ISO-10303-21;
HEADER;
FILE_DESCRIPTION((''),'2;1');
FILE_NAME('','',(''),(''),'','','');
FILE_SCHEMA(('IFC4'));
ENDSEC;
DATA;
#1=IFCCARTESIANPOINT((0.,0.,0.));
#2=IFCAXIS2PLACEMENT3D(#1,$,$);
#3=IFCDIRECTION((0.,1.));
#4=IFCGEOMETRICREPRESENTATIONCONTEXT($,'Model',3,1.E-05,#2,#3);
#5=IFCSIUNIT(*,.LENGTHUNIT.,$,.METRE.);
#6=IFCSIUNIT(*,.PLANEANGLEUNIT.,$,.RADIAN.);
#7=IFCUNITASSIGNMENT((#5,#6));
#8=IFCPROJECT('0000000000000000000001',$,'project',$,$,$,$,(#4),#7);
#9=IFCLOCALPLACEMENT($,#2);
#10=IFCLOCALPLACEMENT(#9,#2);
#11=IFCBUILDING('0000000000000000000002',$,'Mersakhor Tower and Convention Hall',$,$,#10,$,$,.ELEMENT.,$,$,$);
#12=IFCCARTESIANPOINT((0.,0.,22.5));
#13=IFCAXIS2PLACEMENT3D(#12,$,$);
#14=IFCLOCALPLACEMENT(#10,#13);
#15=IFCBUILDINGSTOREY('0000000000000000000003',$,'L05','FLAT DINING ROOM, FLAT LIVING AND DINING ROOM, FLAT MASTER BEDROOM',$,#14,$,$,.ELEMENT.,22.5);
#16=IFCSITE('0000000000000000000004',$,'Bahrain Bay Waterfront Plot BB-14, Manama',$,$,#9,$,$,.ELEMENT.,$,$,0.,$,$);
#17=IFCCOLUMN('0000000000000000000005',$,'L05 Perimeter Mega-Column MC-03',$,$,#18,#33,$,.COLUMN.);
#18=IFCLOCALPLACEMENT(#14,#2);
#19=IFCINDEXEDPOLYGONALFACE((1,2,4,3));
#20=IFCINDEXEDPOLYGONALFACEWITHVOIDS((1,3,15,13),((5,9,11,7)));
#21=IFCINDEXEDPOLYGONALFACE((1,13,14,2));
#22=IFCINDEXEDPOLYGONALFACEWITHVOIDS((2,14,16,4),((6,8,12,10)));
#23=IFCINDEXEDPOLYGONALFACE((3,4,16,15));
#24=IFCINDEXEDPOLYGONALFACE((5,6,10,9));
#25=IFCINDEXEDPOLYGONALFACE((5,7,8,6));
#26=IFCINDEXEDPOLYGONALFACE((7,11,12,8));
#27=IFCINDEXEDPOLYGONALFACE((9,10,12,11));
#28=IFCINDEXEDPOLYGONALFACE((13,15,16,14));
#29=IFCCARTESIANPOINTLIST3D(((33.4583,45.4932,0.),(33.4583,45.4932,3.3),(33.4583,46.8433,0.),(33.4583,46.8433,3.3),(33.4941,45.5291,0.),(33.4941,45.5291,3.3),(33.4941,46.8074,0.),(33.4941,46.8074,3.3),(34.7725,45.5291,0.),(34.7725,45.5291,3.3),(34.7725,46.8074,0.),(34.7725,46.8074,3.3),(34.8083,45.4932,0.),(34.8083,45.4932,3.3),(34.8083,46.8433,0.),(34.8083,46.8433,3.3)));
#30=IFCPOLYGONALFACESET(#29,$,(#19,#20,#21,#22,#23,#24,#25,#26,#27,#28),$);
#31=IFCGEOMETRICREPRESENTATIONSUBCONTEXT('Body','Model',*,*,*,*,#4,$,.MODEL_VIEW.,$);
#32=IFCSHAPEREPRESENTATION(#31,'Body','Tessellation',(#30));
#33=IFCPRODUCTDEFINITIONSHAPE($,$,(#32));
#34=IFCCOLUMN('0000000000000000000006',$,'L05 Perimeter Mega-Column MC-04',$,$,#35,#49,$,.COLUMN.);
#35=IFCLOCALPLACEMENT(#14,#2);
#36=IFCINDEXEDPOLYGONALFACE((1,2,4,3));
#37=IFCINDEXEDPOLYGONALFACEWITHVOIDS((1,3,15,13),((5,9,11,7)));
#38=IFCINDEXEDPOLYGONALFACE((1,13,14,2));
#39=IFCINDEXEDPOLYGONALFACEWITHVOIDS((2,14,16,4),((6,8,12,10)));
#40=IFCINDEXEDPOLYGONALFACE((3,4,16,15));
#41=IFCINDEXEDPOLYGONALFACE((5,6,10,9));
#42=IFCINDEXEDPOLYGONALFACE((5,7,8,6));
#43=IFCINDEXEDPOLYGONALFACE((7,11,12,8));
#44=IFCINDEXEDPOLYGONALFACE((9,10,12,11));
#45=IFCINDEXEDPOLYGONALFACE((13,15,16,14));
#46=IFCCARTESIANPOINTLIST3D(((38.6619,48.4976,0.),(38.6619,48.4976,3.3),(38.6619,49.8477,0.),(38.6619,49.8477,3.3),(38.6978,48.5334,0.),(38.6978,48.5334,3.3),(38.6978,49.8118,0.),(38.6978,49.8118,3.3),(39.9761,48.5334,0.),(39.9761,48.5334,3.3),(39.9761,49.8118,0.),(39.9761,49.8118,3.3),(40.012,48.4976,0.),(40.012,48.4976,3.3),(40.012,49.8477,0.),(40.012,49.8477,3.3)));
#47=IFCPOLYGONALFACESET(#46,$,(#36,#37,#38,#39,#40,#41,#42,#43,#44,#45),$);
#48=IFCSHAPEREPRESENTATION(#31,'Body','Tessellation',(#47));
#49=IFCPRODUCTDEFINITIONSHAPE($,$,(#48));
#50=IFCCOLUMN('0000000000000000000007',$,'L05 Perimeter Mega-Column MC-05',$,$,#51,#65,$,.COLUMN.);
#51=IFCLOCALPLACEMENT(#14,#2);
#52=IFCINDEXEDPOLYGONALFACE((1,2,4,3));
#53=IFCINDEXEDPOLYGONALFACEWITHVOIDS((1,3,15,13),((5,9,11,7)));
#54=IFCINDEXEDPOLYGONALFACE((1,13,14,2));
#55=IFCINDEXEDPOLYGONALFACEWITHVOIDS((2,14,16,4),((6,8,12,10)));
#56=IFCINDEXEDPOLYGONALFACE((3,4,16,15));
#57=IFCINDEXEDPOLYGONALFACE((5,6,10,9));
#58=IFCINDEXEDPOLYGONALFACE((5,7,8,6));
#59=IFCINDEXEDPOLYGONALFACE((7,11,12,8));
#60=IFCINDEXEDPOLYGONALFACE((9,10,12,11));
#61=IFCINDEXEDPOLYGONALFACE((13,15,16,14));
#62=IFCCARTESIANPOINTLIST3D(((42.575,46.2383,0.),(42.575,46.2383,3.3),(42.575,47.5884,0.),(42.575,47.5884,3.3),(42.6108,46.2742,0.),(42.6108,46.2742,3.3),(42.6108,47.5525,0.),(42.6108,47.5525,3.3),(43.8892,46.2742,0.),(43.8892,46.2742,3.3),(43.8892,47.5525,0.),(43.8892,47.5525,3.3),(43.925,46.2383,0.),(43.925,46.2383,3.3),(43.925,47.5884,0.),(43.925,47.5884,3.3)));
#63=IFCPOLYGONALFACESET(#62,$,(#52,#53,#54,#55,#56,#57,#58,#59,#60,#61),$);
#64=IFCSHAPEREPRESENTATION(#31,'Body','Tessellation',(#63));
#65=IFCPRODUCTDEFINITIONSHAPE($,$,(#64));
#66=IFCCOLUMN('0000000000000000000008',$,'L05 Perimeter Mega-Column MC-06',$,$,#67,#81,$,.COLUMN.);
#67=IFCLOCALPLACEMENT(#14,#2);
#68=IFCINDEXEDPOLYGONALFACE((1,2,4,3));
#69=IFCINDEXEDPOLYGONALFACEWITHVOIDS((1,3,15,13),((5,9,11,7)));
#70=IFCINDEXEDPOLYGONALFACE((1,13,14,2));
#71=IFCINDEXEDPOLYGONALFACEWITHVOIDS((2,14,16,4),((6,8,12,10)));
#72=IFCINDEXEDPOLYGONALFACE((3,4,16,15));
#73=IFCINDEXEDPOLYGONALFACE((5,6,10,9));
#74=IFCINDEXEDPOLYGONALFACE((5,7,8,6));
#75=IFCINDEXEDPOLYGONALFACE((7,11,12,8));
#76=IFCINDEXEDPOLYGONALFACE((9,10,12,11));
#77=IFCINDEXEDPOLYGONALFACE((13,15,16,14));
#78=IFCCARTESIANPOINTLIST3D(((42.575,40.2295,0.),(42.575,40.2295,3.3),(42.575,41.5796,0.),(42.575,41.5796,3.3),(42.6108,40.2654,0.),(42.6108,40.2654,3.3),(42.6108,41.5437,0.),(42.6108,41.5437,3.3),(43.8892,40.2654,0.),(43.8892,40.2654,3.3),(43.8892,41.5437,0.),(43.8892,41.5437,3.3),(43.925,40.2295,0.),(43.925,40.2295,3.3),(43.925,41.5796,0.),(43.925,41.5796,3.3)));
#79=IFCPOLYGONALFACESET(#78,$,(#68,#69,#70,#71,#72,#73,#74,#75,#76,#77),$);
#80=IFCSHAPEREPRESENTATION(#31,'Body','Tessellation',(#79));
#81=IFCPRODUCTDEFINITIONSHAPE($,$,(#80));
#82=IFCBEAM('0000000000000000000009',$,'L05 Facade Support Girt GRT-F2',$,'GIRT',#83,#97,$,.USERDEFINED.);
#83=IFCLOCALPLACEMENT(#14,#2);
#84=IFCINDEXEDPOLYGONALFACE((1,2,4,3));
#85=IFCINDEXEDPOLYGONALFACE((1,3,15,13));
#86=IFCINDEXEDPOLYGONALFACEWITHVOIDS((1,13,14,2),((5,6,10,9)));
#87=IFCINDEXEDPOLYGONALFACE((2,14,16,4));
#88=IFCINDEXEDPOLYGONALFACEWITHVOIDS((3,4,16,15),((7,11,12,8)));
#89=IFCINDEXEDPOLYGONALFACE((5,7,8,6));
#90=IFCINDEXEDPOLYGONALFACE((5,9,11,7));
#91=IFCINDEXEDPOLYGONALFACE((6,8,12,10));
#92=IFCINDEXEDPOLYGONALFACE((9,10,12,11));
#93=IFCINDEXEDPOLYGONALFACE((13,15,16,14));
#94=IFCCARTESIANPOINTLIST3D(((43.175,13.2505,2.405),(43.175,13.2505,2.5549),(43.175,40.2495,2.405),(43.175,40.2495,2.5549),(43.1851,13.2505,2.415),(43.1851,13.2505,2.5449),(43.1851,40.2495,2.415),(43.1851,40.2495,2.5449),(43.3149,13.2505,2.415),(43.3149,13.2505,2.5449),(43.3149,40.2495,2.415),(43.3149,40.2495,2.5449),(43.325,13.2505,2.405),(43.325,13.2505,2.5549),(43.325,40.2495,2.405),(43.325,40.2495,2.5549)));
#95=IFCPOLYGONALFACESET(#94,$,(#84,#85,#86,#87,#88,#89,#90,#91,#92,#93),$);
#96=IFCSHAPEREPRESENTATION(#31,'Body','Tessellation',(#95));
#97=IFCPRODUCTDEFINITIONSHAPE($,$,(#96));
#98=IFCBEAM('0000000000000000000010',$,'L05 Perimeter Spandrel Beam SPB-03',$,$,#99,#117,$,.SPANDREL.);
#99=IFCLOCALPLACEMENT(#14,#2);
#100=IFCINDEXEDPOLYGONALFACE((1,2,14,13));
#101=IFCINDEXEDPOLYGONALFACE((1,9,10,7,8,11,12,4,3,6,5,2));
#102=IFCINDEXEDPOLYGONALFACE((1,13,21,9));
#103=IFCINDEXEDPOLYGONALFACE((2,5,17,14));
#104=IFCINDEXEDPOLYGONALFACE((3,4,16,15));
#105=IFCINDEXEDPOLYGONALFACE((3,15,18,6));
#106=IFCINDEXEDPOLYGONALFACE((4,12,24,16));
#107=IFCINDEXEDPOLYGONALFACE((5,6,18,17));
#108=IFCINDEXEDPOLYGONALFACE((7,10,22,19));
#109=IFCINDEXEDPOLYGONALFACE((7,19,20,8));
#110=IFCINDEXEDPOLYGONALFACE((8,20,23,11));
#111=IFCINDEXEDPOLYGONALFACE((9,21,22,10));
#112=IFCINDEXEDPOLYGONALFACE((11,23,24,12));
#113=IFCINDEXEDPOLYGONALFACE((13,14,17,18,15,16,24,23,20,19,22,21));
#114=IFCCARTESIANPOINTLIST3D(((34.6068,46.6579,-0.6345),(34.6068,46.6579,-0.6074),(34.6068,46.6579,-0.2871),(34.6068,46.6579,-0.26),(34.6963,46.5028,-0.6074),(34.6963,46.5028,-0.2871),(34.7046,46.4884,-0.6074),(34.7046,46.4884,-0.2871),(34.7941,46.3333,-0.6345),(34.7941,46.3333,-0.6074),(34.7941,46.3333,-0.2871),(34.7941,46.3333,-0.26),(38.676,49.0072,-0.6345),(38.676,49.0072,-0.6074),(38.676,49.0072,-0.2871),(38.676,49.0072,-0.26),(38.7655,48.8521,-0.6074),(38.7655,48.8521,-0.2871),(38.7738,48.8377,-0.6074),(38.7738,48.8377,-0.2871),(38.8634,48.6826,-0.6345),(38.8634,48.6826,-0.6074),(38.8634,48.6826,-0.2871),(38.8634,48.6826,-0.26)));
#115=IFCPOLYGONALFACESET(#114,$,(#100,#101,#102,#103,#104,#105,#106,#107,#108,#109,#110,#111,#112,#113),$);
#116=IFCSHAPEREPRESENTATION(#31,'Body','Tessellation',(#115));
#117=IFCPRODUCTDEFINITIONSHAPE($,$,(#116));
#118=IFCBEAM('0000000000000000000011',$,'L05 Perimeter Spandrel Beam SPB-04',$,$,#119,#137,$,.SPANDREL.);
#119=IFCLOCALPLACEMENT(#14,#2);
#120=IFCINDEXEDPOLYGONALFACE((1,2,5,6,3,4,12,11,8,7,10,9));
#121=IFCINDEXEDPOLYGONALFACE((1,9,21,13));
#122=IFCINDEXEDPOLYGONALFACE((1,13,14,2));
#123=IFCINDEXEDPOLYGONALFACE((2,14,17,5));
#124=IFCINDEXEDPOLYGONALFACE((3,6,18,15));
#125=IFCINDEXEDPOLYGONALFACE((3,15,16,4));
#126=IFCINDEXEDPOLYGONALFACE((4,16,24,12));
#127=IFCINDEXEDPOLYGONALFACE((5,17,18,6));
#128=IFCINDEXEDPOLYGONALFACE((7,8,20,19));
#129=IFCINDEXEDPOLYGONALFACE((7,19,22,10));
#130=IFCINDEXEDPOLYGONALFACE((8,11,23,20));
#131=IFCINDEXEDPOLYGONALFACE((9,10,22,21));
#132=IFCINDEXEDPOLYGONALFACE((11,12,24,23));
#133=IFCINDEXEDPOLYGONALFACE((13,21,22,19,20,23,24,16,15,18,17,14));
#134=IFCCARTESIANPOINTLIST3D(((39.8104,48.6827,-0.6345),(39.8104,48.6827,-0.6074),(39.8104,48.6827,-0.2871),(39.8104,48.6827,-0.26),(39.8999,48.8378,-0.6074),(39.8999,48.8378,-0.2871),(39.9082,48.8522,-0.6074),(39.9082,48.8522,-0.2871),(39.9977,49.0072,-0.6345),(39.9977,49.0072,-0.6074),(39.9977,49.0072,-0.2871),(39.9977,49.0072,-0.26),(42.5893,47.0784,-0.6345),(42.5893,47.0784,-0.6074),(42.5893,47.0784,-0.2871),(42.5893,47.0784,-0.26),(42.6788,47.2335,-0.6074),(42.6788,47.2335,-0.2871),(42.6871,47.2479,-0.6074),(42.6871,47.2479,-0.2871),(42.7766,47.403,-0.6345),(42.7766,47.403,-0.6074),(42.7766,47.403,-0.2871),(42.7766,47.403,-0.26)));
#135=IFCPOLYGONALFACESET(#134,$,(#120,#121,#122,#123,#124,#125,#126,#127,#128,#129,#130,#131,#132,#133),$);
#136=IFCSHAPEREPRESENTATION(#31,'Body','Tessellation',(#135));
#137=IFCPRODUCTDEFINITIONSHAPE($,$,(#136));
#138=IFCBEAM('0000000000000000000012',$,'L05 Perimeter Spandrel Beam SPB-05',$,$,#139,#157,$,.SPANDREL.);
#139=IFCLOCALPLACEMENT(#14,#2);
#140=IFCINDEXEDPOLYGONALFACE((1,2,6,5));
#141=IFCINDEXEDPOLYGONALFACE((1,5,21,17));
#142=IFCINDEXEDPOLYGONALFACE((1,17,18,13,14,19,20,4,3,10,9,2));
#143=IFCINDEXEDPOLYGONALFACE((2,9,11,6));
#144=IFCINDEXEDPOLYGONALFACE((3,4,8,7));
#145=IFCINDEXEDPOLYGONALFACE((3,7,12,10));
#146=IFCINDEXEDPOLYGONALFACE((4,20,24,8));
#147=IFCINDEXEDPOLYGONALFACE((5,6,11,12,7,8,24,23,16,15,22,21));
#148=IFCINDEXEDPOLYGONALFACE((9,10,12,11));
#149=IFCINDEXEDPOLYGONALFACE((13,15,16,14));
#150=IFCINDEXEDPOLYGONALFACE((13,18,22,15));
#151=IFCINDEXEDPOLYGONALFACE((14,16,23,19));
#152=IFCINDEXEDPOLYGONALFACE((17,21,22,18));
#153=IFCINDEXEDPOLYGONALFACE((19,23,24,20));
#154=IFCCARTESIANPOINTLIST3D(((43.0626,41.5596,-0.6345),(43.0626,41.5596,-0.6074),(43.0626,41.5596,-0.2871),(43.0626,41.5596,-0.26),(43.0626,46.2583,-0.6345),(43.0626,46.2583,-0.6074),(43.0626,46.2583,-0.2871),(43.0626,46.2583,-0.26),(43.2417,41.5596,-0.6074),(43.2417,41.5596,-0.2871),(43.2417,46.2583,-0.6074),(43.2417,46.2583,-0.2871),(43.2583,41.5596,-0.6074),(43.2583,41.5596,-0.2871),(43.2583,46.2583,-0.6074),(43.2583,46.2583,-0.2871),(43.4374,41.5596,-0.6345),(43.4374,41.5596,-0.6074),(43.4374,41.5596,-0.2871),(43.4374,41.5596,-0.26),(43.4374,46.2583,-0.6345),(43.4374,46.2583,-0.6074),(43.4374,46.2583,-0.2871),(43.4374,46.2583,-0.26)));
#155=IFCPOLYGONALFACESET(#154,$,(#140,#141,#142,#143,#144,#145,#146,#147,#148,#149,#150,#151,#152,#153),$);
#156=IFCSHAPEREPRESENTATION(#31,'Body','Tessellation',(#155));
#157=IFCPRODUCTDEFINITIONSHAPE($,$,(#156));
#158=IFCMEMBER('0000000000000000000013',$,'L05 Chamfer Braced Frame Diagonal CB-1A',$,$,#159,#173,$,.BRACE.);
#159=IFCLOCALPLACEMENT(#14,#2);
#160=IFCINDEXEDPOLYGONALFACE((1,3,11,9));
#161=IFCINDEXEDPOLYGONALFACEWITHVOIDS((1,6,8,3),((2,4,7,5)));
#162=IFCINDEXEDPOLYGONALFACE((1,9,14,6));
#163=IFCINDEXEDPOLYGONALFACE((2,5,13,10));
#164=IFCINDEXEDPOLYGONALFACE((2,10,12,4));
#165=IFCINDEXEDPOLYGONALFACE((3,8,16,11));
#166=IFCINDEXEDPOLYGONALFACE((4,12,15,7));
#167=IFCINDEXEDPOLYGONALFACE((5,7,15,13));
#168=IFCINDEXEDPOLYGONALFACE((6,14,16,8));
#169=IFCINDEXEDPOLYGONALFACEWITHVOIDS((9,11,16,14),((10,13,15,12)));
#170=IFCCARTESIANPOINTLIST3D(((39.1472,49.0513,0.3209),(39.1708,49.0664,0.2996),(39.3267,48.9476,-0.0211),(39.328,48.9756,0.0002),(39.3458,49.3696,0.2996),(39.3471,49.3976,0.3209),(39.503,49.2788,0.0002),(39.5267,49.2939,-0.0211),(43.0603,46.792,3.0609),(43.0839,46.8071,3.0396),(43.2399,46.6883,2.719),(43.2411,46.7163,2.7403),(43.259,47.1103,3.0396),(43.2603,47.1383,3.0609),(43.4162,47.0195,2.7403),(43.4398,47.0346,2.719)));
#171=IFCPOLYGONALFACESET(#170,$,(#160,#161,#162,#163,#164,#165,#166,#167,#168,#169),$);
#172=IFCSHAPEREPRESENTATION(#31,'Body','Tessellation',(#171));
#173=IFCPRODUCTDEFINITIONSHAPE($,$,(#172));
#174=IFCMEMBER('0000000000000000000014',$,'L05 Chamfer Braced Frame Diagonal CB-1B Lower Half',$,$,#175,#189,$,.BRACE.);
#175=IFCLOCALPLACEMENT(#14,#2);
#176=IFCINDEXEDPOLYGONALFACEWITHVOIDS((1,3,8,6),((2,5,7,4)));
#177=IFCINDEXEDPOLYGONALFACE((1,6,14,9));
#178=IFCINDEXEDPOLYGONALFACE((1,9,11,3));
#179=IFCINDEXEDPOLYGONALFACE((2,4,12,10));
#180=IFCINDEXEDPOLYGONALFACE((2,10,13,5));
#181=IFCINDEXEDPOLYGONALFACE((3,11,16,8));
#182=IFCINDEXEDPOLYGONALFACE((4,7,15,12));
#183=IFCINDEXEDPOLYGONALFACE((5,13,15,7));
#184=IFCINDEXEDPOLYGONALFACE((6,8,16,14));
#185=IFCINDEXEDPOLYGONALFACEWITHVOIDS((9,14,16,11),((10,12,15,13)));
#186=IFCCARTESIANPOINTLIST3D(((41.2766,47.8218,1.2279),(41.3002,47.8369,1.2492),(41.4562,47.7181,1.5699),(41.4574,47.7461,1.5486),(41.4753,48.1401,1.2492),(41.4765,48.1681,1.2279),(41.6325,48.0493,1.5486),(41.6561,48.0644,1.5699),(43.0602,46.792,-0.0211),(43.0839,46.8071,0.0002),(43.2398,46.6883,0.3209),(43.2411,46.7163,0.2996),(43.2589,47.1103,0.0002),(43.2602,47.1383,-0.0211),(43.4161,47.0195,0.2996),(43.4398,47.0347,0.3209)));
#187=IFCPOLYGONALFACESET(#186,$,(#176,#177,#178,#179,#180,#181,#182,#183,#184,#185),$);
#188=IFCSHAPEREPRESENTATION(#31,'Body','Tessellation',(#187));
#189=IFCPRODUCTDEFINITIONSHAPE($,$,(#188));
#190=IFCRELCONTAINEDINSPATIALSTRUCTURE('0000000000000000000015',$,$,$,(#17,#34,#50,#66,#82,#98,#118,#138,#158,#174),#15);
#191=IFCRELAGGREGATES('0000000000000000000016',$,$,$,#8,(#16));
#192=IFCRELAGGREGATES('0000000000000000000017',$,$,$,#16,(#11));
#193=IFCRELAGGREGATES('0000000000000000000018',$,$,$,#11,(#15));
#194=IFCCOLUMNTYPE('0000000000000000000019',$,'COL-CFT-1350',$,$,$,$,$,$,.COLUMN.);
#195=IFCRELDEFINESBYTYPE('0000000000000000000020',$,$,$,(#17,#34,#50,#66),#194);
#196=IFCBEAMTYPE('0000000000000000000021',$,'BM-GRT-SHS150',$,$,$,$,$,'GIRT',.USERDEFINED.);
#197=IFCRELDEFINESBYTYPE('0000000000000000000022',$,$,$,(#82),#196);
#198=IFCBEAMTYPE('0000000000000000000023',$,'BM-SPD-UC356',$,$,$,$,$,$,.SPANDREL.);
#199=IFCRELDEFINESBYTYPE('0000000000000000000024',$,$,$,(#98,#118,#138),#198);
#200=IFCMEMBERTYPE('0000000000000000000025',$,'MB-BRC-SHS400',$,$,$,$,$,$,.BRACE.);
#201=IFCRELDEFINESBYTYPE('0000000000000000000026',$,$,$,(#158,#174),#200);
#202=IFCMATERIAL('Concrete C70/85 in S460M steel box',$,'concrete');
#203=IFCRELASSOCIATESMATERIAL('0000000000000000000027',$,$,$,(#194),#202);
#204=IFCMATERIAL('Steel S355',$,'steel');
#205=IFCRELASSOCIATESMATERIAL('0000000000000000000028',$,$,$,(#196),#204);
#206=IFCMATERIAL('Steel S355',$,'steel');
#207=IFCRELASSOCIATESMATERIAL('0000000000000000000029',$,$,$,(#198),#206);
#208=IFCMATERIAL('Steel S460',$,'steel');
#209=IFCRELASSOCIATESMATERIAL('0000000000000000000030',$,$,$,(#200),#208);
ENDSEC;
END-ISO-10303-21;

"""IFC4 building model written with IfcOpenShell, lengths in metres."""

from ifc_helpers import new_model, si_unit, direction, frame, origin, origin_2d, place, context, subcontext, project, spatial, hollow_rectangle, i_section, extrude, material, material_profile, profile_set, type_object, element, save


model = new_model("IFC4")

# Units and contexts
model_context = context("Model", 3, precision=1e-05, world=origin(), true_north=direction((0.0, 1.0)))
body_context = subcontext(model_context, "Body", "Model", "MODEL_VIEW")
ifc_project = project(units=[si_unit("LENGTHUNIT", "METRE"), si_unit("PLANEANGLEUNIT", "RADIAN")], contexts=[model_context])

# Site, building, storey
site_placement = place(None, origin())
site = spatial("IfcSite", under=ifc_project, at=site_placement, Name="Bahrain Bay Waterfront Plot BB-14, Manama", CompositionType="ELEMENT", RefElevation=0.0)
building_placement = place(site_placement, origin())
building = spatial("IfcBuilding", under=site, at=building_placement, Name="Mersakhor Tower and Convention Hall", CompositionType="ELEMENT")
storey_placement = place(building_placement, frame((0.0, 0.0, 22.5)))
storey = spatial("IfcBuildingStorey", under=building, at=storey_placement, Name="L05", Description="FLAT DINING ROOM, FLAT LIVING AND DINING ROOM, FLAT MASTER BEDROOM", CompositionType="ELEMENT", Elevation=22.5)

# Columns
ifc_material_1 = material(Name="Concrete C70/85 in S460M steel box", Category="concrete")
ifc_material_profile_1 = material_profile(ifc_material_1, hollow_rectangle(XDim=1.3501, YDim=1.3501, WallThickness=0.0359, at=origin_2d()), Name="SHS 1350x1350x36")
ifc_profile_set_1 = profile_set([ifc_material_profile_1], Name="Concrete C70/85 in S460M steel box")
column_type = type_object("IfcColumnType", Name="COL-CFT-1350", PredefinedType="COLUMN", material=ifc_profile_set_1)
for number, where, z_axis, x_axis, name in (
    (1, (34.1333, 46.1682, 0.0), (0.0, 0.0, 1.0), (1.0, 0.0, 0.0), "L05 Perimeter Mega-Column MC-03"),
    (2, (39.3369, 49.1726, 0.0), (0.0, 0.0, 1.0), (1.0, 0.0, 0.0), "L05 Perimeter Mega-Column MC-04"),
    (3, (43.25, 46.9133, 0.0), (0.0, 0.0, 1.0), (1.0, 0.0, 0.0), "L05 Perimeter Mega-Column MC-05"),
    (4, (43.25, 40.9045, 0.0), (0.0, 0.0, 1.0), (1.0, 0.0, 0.0), "L05 Perimeter Mega-Column MC-06"),
):
    element("IfcColumn", number, at=place(storey_placement, frame(where, z_axis=z_axis, x_axis=x_axis)), inside=storey, type_object=column_type, Name=name, PredefinedType="COLUMN", context=body_context, shape_type="SweptSolid", body=[
        extrude(hollow_rectangle(XDim=1.3501, YDim=1.3501, WallThickness=0.0359, at=origin_2d()), origin(), (0.0, 0.0, 1.0), 3.3),
    ])

# Beams
ifc_material_2 = material(Name="Steel S355", Category="steel")
ifc_material_profile_2 = material_profile(ifc_material_2, hollow_rectangle(XDim=0.1499, YDim=0.1499, WallThickness=0.01, at=origin_2d()), Name="SHS 150x150x10")
ifc_profile_set_2 = profile_set([ifc_material_profile_2], Name="Steel S355")
beam_type_1 = type_object("IfcBeamType", Name="BM-GRT-SHS150", ElementType="GIRT", PredefinedType="USERDEFINED", material=ifc_profile_set_2)
beam_1_placement = place(storey_placement, frame((43.25, 40.2495, 2.48), z_axis=(0.0, -1.0, 0.0), x_axis=(1.0, 0.0, 0.0)))
element("IfcBeam", 5, at=beam_1_placement, inside=storey, type_object=beam_type_1, Name="L05 Facade Support Girt GRT-F2", ObjectType="GIRT", PredefinedType="USERDEFINED", context=body_context, shape_type="SweptSolid", body=[
    extrude(hollow_rectangle(XDim=0.1499, YDim=0.1499, WallThickness=0.01, at=origin_2d()), origin(), (0.0, 0.0, 1.0), 26.999),
])
ifc_material_3 = material(Name="Steel S355", Category="steel")
ifc_material_profile_3 = material_profile(ifc_material_3, i_section(OverallWidth=0.3748, OverallDepth=0.3745, WebThickness=0.0166, FlangeThickness=0.0271, at=origin_2d()), Name="UC 356x368x202")
ifc_profile_set_3 = profile_set([ifc_material_profile_3], Name="Steel S355")
beam_type_2 = type_object("IfcBeamType", Name="BM-SPD-UC356", PredefinedType="SPANDREL", material=ifc_profile_set_3)
beam_2_placement = place(storey_placement, frame((34.7004, 46.4956, -0.4473), z_axis=(0.866032, 0.499989, 0.0), x_axis=(-0.499989, 0.866032, 0.0)))
element("IfcBeam", 6, at=beam_2_placement, inside=storey, type_object=beam_type_2, Name="L05 Perimeter Spandrel Beam SPB-03", PredefinedType="SPANDREL", context=body_context, shape_type="SweptSolid", body=[
    extrude(i_section(OverallWidth=0.3748, OverallDepth=0.3745, WebThickness=0.0166, FlangeThickness=0.0271, at=origin_2d()), origin(), (0.0, 0.0, 1.0), 4.6987),
])
beam_3_placement = place(storey_placement, frame((39.9041, 48.845, -0.4473), z_axis=(0.866039, -0.499977, 0.0), x_axis=(0.499977, 0.866039, 0.0)))
element("IfcBeam", 7, at=beam_3_placement, inside=storey, type_object=beam_type_2, Name="L05 Perimeter Spandrel Beam SPB-04", PredefinedType="SPANDREL", context=body_context, shape_type="SweptSolid", body=[
    extrude(i_section(OverallWidth=0.3748, OverallDepth=0.3745, WebThickness=0.0166, FlangeThickness=0.0271, at=origin_2d()), origin(), (0.0, 0.0, 1.0), 3.2087),
])
beam_4_placement = place(storey_placement, frame((43.25, 46.2583, -0.4473), z_axis=(0.0, -1.0, 0.0), x_axis=(1.0, 0.0, 0.0)))
element("IfcBeam", 8, at=beam_4_placement, inside=storey, type_object=beam_type_2, Name="L05 Perimeter Spandrel Beam SPB-05", PredefinedType="SPANDREL", context=body_context, shape_type="SweptSolid", body=[
    extrude(i_section(OverallWidth=0.3748, OverallDepth=0.3745, WebThickness=0.0166, FlangeThickness=0.0271, at=origin_2d()), origin(), (0.0, 0.0, 1.0), 4.6987),
])

# Members
ifc_material_4 = material(Name="Steel S460", Category="steel")
ifc_material_profile_4 = material_profile(ifc_material_4, hollow_rectangle(XDim=0.3999, YDim=0.3999, WallThickness=0.0249, at=origin_2d()), Name="SHS 400x400x25")
ifc_profile_set_4 = profile_set([ifc_material_profile_4], Name="Steel S460")
member_type = type_object("IfcMemberType", Name="MB-BRC-SHS400", PredefinedType="BRACE", material=ifc_profile_set_4)
member_placement = place(storey_placement, frame((39.3369, 49.1726, 0.1499), z_axis=(0.740508, -0.427543, 0.518513), x_axis=(0.500009, 0.86602, 0.0)))
element("IfcMember", 9, at=member_placement, inside=storey, type_object=member_type, Name="L05 Chamfer Braced Frame Diagonal CB-1A", PredefinedType="BRACE", context=body_context, shape_type="SweptSolid", body=[
    extrude(hollow_rectangle(XDim=0.3999, YDim=0.3999, WallThickness=0.0249, at=origin_2d()), origin(), (0.0, 0.0, 1.0), 5.2844),
])
for number, where, z_axis, x_axis, name in (
    (10, (43.25, 46.9133, 0.1499), (-0.740505, 0.427519, 0.518536), (-0.499989, -0.866032, 0.0), "L05 Chamfer Braced Frame Diagonal CB-1B Lower Half"),
):
    element("IfcMember", number, at=place(storey_placement, frame(where, z_axis=z_axis, x_axis=x_axis)), inside=storey, type_object=member_type, Name=name, PredefinedType="BRACE", context=body_context, shape_type="SweptSolid", body=[
        extrude(hollow_rectangle(XDim=0.3999, YDim=0.3999, WallThickness=0.0249, at=origin_2d()), origin(), (0.0, 0.0, 1.0), 2.4087),
    ])

save(model, "model.ifc")
